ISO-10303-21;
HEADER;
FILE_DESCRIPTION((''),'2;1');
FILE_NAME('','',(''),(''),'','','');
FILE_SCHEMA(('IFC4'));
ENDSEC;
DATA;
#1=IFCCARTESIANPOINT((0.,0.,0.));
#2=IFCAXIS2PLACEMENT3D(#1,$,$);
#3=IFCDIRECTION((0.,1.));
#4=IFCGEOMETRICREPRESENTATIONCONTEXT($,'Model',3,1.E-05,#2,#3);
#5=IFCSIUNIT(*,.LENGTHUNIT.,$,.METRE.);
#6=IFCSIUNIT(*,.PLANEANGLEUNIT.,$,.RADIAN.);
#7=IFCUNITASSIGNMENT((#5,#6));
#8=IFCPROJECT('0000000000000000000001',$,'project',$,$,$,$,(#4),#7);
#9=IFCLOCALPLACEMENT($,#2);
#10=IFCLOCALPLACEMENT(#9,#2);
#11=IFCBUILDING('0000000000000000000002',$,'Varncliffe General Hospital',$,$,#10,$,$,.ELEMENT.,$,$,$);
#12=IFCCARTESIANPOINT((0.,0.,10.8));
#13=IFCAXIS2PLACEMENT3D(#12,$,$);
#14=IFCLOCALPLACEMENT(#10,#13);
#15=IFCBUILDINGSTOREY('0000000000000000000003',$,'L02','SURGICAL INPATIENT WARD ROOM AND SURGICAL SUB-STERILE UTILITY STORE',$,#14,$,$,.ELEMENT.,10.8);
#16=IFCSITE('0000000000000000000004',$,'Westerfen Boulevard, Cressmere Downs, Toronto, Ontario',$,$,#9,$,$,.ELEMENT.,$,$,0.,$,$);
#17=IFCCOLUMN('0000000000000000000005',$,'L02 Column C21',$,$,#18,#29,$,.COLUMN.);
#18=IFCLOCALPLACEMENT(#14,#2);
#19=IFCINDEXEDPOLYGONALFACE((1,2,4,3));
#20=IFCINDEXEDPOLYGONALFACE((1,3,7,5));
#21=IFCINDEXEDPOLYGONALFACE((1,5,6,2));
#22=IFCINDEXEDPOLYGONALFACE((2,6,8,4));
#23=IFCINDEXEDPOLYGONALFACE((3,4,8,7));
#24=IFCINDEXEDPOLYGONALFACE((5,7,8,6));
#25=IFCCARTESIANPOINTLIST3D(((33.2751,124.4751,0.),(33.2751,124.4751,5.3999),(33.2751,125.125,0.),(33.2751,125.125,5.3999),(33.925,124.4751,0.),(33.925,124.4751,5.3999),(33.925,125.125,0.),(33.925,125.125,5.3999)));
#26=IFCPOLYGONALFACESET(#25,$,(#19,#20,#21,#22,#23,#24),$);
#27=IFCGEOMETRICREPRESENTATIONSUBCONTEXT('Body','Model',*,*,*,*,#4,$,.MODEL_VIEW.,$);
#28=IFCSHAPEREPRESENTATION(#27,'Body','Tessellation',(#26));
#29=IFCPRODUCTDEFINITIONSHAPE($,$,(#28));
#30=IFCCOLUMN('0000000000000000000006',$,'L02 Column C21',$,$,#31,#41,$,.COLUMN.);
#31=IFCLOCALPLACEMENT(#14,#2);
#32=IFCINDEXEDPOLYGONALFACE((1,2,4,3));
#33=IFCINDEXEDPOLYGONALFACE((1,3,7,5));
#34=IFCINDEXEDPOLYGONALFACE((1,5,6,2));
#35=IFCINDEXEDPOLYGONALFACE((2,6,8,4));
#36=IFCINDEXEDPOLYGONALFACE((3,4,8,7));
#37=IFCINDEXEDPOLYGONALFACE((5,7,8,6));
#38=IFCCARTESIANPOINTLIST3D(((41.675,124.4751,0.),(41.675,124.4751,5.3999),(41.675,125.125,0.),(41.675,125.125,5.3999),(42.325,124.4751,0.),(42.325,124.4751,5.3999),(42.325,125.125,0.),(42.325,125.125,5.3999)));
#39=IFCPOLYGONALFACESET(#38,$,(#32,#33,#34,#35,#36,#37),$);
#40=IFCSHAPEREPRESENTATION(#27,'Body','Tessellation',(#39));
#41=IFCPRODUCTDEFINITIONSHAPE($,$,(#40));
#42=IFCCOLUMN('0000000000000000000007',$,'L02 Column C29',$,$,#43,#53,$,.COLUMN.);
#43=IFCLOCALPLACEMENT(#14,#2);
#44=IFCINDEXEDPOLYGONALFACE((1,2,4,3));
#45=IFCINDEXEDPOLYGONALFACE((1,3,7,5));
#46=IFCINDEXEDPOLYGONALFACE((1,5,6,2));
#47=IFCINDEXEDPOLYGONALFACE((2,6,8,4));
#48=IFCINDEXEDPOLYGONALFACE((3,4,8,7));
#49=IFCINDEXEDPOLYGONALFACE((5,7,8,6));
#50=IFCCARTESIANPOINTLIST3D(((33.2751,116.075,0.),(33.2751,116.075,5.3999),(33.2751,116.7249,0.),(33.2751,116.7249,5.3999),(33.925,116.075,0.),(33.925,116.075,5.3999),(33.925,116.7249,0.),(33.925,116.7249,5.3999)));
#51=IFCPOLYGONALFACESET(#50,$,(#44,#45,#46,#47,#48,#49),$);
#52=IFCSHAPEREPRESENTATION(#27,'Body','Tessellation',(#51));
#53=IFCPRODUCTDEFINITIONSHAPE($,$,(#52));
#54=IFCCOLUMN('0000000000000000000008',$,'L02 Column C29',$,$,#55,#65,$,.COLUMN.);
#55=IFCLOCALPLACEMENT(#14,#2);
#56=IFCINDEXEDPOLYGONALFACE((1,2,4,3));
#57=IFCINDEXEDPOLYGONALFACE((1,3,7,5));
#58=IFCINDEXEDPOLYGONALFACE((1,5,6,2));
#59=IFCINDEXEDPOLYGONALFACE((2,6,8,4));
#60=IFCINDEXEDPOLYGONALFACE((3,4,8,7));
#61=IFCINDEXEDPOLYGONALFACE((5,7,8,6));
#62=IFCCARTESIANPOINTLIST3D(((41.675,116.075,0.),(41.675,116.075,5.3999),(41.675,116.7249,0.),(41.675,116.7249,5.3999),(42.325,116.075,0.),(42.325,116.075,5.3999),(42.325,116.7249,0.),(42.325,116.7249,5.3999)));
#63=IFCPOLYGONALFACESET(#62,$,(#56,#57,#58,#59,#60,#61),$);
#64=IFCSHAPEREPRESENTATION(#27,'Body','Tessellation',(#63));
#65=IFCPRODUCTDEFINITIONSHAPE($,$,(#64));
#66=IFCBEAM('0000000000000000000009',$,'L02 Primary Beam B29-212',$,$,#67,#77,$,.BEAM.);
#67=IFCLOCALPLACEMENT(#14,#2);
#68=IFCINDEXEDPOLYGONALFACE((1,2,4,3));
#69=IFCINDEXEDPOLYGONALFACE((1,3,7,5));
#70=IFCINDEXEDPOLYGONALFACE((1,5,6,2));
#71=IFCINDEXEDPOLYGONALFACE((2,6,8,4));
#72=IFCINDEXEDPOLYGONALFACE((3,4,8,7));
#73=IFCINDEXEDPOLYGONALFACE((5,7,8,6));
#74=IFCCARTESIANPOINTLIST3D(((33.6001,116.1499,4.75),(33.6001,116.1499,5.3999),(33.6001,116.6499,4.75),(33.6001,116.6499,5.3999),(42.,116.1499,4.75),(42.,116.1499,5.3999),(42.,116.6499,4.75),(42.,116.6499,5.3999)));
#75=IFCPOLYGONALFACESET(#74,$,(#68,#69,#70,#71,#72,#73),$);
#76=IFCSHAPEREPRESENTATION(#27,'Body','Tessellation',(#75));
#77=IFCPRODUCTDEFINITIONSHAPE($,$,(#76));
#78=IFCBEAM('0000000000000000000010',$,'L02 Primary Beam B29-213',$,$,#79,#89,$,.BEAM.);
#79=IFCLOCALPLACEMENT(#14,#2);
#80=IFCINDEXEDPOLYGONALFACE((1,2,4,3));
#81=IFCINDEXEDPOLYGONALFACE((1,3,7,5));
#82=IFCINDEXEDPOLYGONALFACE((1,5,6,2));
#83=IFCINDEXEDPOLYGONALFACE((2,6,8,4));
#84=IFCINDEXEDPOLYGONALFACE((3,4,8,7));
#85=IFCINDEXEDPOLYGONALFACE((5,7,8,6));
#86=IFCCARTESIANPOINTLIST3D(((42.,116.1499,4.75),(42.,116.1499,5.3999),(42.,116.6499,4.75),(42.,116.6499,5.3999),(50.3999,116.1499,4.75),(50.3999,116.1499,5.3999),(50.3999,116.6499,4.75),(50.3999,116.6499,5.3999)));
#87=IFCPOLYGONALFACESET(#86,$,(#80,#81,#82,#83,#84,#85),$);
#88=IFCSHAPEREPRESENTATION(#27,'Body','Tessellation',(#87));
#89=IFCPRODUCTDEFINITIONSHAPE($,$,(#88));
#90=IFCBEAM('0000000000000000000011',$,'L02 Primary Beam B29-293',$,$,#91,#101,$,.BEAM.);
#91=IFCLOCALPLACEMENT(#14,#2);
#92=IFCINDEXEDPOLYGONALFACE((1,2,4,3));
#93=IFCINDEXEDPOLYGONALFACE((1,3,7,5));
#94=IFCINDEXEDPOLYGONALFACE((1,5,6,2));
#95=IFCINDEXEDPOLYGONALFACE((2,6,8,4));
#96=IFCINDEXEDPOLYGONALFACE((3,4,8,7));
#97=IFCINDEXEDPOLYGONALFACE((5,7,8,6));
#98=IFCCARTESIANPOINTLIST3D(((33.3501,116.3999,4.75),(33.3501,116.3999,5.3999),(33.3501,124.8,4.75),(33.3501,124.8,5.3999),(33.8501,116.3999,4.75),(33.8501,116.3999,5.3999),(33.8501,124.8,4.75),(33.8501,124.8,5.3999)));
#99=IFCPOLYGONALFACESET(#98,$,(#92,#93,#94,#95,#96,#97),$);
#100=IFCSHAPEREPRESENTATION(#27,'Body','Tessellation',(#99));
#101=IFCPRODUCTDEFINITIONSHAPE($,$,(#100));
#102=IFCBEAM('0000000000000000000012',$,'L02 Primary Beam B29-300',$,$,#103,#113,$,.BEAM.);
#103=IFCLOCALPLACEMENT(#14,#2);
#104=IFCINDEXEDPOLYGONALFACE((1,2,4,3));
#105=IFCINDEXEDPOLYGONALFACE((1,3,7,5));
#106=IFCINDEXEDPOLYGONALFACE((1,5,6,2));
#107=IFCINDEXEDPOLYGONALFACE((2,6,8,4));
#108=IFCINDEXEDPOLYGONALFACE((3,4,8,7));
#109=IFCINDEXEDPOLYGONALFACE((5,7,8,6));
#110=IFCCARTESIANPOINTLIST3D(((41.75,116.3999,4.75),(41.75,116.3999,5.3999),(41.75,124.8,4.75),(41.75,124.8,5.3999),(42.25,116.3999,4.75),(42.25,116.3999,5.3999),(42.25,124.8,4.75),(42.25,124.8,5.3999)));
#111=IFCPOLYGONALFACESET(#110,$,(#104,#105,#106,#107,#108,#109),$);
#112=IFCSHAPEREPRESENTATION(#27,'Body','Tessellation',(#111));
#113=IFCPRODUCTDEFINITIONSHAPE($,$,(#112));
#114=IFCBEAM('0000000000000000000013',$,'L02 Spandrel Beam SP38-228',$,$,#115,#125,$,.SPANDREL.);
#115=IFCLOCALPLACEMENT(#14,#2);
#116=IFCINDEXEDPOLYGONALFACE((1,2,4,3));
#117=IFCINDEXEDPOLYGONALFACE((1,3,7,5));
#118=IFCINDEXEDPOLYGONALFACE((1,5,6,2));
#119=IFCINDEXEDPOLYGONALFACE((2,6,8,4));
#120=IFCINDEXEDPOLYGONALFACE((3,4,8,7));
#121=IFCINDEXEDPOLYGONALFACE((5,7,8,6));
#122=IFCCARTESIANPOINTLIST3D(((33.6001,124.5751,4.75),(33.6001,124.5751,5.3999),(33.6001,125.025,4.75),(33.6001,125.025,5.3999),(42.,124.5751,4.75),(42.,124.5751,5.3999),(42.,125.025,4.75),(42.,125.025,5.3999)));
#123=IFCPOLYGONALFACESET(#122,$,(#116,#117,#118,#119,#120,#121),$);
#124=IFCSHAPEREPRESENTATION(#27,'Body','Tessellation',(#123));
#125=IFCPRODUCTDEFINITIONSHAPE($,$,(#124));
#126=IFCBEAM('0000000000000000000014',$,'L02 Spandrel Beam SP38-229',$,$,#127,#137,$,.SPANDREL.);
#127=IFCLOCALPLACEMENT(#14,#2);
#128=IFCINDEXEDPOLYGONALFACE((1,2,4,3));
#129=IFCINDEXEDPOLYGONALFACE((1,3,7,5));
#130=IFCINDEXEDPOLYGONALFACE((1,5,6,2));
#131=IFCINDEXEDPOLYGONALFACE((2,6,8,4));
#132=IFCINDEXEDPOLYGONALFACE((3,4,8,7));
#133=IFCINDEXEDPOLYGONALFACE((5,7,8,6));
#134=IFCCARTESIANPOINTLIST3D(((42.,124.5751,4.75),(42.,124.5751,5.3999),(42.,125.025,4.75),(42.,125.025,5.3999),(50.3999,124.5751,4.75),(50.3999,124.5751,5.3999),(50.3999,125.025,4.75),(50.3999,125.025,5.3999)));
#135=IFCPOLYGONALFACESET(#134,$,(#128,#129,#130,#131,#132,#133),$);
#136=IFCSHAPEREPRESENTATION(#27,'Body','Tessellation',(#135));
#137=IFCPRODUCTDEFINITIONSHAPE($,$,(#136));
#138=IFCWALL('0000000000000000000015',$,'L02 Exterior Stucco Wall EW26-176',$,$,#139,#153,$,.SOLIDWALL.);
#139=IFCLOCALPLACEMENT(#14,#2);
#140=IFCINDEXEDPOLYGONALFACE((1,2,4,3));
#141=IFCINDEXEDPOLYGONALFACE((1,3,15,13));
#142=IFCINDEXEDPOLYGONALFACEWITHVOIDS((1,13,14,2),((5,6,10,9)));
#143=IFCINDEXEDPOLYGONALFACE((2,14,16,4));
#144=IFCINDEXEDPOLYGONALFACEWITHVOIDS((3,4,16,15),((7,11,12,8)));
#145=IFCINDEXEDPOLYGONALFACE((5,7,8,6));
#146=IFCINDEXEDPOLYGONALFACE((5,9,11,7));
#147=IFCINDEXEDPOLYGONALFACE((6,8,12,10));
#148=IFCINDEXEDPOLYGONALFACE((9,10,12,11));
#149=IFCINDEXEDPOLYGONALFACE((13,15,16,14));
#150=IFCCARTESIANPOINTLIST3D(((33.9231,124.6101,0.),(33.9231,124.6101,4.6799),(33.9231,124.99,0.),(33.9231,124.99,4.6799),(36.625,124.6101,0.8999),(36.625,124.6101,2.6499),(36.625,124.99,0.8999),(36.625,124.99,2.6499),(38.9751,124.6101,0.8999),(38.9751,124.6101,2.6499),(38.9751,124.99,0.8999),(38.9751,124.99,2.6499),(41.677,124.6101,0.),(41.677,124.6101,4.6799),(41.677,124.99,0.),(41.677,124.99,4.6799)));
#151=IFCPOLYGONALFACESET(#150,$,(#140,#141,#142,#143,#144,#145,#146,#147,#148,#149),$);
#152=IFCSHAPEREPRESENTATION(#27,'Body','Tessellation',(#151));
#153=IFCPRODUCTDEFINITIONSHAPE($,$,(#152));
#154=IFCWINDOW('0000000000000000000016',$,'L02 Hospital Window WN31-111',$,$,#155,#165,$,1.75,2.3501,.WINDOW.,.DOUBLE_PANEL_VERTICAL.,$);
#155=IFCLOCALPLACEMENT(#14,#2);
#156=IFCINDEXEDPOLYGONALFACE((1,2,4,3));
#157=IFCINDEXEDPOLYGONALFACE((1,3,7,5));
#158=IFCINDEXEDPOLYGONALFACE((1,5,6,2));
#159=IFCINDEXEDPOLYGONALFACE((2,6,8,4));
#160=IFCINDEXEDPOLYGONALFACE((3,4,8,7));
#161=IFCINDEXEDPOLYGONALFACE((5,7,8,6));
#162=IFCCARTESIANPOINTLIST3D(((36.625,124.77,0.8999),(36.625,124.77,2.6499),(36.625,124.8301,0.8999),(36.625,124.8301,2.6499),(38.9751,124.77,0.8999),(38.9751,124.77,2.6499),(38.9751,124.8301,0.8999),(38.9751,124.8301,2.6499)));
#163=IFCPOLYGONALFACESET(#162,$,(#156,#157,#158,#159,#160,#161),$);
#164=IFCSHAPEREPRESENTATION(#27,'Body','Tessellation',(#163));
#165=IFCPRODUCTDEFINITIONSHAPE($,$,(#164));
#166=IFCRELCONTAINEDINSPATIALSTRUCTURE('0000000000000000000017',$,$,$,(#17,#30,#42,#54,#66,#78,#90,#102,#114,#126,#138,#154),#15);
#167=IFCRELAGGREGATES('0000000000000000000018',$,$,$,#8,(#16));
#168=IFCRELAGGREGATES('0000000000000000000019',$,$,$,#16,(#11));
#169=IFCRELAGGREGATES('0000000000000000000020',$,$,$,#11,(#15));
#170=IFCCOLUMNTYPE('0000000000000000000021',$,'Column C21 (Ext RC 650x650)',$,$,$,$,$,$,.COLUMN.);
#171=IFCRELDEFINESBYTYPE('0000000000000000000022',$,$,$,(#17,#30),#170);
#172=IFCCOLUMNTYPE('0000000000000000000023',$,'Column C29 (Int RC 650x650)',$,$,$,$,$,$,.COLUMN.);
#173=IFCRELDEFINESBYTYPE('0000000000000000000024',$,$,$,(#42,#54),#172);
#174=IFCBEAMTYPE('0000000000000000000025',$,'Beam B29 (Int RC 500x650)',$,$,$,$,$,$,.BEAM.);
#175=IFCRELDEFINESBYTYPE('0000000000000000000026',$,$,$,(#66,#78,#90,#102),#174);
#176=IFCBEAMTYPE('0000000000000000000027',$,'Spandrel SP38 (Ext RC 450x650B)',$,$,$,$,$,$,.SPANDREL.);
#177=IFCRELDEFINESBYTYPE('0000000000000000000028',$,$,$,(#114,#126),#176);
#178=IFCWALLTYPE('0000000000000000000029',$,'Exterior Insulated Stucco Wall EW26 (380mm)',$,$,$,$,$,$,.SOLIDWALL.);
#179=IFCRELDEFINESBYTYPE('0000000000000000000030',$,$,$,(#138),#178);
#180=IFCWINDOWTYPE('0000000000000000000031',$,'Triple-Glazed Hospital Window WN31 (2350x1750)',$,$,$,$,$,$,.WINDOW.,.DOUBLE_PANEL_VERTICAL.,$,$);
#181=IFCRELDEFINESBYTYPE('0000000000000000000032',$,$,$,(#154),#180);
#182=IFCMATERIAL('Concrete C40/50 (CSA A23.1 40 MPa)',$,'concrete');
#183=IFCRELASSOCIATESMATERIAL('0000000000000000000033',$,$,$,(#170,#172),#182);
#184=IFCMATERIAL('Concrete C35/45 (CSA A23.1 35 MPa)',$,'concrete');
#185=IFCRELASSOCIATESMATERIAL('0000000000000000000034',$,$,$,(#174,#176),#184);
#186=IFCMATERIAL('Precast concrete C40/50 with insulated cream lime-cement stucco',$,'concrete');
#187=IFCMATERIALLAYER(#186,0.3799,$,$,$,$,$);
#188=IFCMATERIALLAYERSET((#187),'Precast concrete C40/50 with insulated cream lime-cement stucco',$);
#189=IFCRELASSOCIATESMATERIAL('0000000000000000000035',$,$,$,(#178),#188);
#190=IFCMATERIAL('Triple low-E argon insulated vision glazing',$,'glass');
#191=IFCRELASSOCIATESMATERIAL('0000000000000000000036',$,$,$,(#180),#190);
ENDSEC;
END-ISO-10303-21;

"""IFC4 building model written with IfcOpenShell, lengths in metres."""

from ifc_helpers import new_model, si_unit, direction, frame, frame_2d, origin, origin_2d, place, context, subcontext, project, spatial, rectangle, extrude, material, layer, layer_set, material_profile, profile_set, type_object, element, fill, save


model = new_model("IFC4")

# Units and contexts
model_context = context("Model", 3, precision=1e-05, world=origin(), true_north=direction((0.0, 1.0)))
body_context = subcontext(model_context, "Body", "Model", "MODEL_VIEW")
ifc_project = project(units=[si_unit("LENGTHUNIT", "METRE"), si_unit("PLANEANGLEUNIT", "RADIAN")], contexts=[model_context])

# Site, building, storey
site_placement = place(None, origin())
site = spatial("IfcSite", under=ifc_project, at=site_placement, Name="Westerfen Boulevard, Cressmere Downs, Toronto, Ontario", CompositionType="ELEMENT", RefElevation=0.0)
building_placement = place(site_placement, origin())
building = spatial("IfcBuilding", under=site, at=building_placement, Name="Varncliffe General Hospital", CompositionType="ELEMENT")
storey_placement = place(building_placement, frame((0.0, 0.0, 10.8)))
storey = spatial("IfcBuildingStorey", under=building, at=storey_placement, Name="L02", Description="SURGICAL INPATIENT WARD ROOM AND SURGICAL SUB-STERILE UTILITY STORE", CompositionType="ELEMENT", Elevation=10.8)

# Columns
ifc_material_1 = material(Name="Concrete C40/50 (CSA A23.1 40 MPa)", Category="concrete")
ifc_material_profile_1 = material_profile(ifc_material_1, rectangle(XDim=0.6499, YDim=0.6499, at=origin_2d()), Name="RC 650x650")
ifc_profile_set_1 = profile_set([ifc_material_profile_1], Name="Concrete C40/50 (CSA A23.1 40 MPa)")
column_type_1 = type_object("IfcColumnType", Name="Column C21 (Ext RC 650x650)", PredefinedType="COLUMN", material=ifc_profile_set_1)
for number, where, z_axis, x_axis, name in (
    (1, (33.6001, 124.8, 0.0), (0.0, 0.0, 1.0), (1.0, 0.0, 0.0), "L02 Column C21"),
    (2, (42.0, 124.8, 0.0), (0.0, 0.0, 1.0), (1.0, 0.0, 0.0), "L02 Column C21"),
):
    element("IfcColumn", number, at=place(storey_placement, frame(where, z_axis=z_axis, x_axis=x_axis)), inside=storey, type_object=column_type_1, Name=name, PredefinedType="COLUMN", context=body_context, shape_type="SweptSolid", body=[
        extrude(rectangle(XDim=0.6499, YDim=0.6499, at=origin_2d()), origin(), (0.0, 0.0, 1.0), 5.3999),
    ])
ifc_material_profile_2 = material_profile(ifc_material_1, rectangle(XDim=0.6499, YDim=0.6499, at=origin_2d()), Name="RC 650x650")
ifc_profile_set_2 = profile_set([ifc_material_profile_2], Name="Concrete C40/50 (CSA A23.1 40 MPa)")
column_type_2 = type_object("IfcColumnType", Name="Column C29 (Int RC 650x650)", PredefinedType="COLUMN", material=ifc_profile_set_2)
for number, where, z_axis, x_axis, name in (
    (3, (33.6001, 116.3999, 0.0), (0.0, 0.0, 1.0), (1.0, 0.0, 0.0), "L02 Column C29"),
    (4, (42.0, 116.3999, 0.0), (0.0, 0.0, 1.0), (1.0, 0.0, 0.0), "L02 Column C29"),
):
    element("IfcColumn", number, at=place(storey_placement, frame(where, z_axis=z_axis, x_axis=x_axis)), inside=storey, type_object=column_type_2, Name=name, PredefinedType="COLUMN", context=body_context, shape_type="SweptSolid", body=[
        extrude(rectangle(XDim=0.6499, YDim=0.6499, at=origin_2d()), origin(), (0.0, 0.0, 1.0), 5.3999),
    ])

# Beams
ifc_material_2 = material(Name="Concrete C35/45 (CSA A23.1 35 MPa)", Category="concrete")
ifc_material_profile_3 = material_profile(ifc_material_2, rectangle(XDim=0.5, YDim=0.6499, at=origin_2d()), Name="RC 500x650")
ifc_profile_set_3 = profile_set([ifc_material_profile_3], Name="Concrete C35/45 (CSA A23.1 35 MPa)")
beam_type_1 = type_object("IfcBeamType", Name="Beam B29 (Int RC 500x650)", PredefinedType="BEAM", material=ifc_profile_set_3)
for number, where, z_axis, x_axis, name in (
    (5, (33.6001, 116.3999, 5.075), (1.0, 0.0, 0.0), (0.0, 1.0, 0.0), "L02 Primary Beam B29-212"),
    (6, (42.0, 116.3999, 5.075), (1.0, 0.0, 0.0), (0.0, 1.0, 0.0), "L02 Primary Beam B29-213"),
):
    element("IfcBeam", number, at=place(storey_placement, frame(where, z_axis=z_axis, x_axis=x_axis)), inside=storey, type_object=beam_type_1, Name=name, PredefinedType="BEAM", context=body_context, shape_type="SweptSolid", body=[
        extrude(rectangle(XDim=0.5, YDim=0.6499, at=origin_2d()), origin(), (0.0, 0.0, 1.0), 8.3999),
    ])
for number, where, z_axis, x_axis, name in (
    (7, (33.6001, 116.3999, 5.075), (0.0, 1.0, 0.0), (-1.0, 0.0, 0.0), "L02 Primary Beam B29-293"),
    (8, (42.0, 116.3999, 5.075), (0.0, 1.0, 0.0), (-1.0, 0.0, 0.0), "L02 Primary Beam B29-300"),
):
    element("IfcBeam", number, at=place(storey_placement, frame(where, z_axis=z_axis, x_axis=x_axis)), inside=storey, type_object=beam_type_1, Name=name, PredefinedType="BEAM", context=body_context, shape_type="SweptSolid", body=[
        extrude(rectangle(XDim=0.5, YDim=0.6499, at=origin_2d()), origin(), (0.0, 0.0, 1.0), 8.4001),
    ])
ifc_material_profile_4 = material_profile(ifc_material_2, rectangle(XDim=0.45, YDim=0.6499, at=origin_2d()), Name="RC 450x650")
ifc_profile_set_4 = profile_set([ifc_material_profile_4], Name="Concrete C35/45 (CSA A23.1 35 MPa)")
beam_type_2 = type_object("IfcBeamType", Name="Spandrel SP38 (Ext RC 450x650B)", PredefinedType="SPANDREL", material=ifc_profile_set_4)
for number, where, z_axis, x_axis, name in (
    (9, (33.6001, 124.8, 5.075), (1.0, 0.0, 0.0), (0.0, 1.0, 0.0), "L02 Spandrel Beam SP38-228"),
    (10, (42.0, 124.8, 5.075), (1.0, 0.0, 0.0), (0.0, 1.0, 0.0), "L02 Spandrel Beam SP38-229"),
):
    element("IfcBeam", number, at=place(storey_placement, frame(where, z_axis=z_axis, x_axis=x_axis)), inside=storey, type_object=beam_type_2, Name=name, PredefinedType="SPANDREL", context=body_context, shape_type="SweptSolid", body=[
        extrude(rectangle(XDim=0.45, YDim=0.6499, at=origin_2d()), origin(), (0.0, 0.0, 1.0), 8.3999),
    ])

# Wall, opening, window
ifc_material_3 = material(Name="Precast concrete C40/50 with insulated cream lime-cement stucco", Category="concrete")
ifc_layer_1 = layer(ifc_material_3, 0.3799)
ifc_layer_set_1 = layer_set([ifc_layer_1], Name="Precast concrete C40/50 with insulated cream lime-cement stucco")
wall_type_1 = type_object("IfcWallType", Name="Exterior Insulated Stucco Wall EW26 (380mm)", PredefinedType="SOLIDWALL", material=ifc_layer_set_1)
wall_1_placement = place(storey_placement, frame((33.9231, 124.8, 0.0), z_axis=(0.0, 0.0, 1.0), x_axis=(1.0, 0.0, 0.0)))
wall_1 = element("IfcWall", 11, at=wall_1_placement, inside=storey, type_object=wall_type_1, Name="L02 Exterior Stucco Wall EW26-176", PredefinedType="SOLIDWALL", context=body_context, shape_type="SweptSolid", body=[
    extrude(rectangle(XDim=7.7539, YDim=0.3799, at=frame_2d((3.877, 0.0))), origin(), (0.0, 0.0, 1.0), 4.6799),
])
opening_1_placement = place(wall_1_placement, frame((2.7019, 0.0, 0.8999)))
opening_1 = element("IfcOpeningElement", 12, at=opening_1_placement, cuts=wall_1, PredefinedType="OPENING", context=body_context, shape_type="SweptSolid", body=[
    extrude(rectangle(XDim=2.3501, YDim=1.75, at=frame_2d((1.175, 0.875))), frame((0.0, 0.2, 0.0), z_axis=(0.0, -1.0, 0.0), x_axis=(1.0, 0.0, 0.0)), (0.0, 0.0, 1.0), 0.3999),
])
ifc_material_4 = material(Name="Triple low-E argon insulated vision glazing", Category="glass")
window_type_1 = type_object("IfcWindowType", Name="Triple-Glazed Hospital Window WN31 (2350x1750)", PartitioningType="DOUBLE_PANEL_VERTICAL", PredefinedType="WINDOW", material=ifc_material_4)
window_1_placement = place(opening_1_placement, origin())
window_1 = element("IfcWindow", 13, at=window_1_placement, inside=storey, type_object=window_type_1, Name="L02 Hospital Window WN31-111", OverallHeight=1.75, OverallWidth=2.3501, PartitioningType="DOUBLE_PANEL_VERTICAL", PredefinedType="WINDOW", context=body_context, shape_type="SweptSolid", body=[
    extrude(rectangle(XDim=2.3501, YDim=1.75, at=frame_2d((1.175, 0.875))), frame((0.0, 0.03, 0.0), z_axis=(0.0, -1.0, 0.0), x_axis=(1.0, 0.0, 0.0)), (0.0, 0.0, 1.0), 0.0601),
])
fill(opening_1, window_1)

save(model, "model.ifc")
